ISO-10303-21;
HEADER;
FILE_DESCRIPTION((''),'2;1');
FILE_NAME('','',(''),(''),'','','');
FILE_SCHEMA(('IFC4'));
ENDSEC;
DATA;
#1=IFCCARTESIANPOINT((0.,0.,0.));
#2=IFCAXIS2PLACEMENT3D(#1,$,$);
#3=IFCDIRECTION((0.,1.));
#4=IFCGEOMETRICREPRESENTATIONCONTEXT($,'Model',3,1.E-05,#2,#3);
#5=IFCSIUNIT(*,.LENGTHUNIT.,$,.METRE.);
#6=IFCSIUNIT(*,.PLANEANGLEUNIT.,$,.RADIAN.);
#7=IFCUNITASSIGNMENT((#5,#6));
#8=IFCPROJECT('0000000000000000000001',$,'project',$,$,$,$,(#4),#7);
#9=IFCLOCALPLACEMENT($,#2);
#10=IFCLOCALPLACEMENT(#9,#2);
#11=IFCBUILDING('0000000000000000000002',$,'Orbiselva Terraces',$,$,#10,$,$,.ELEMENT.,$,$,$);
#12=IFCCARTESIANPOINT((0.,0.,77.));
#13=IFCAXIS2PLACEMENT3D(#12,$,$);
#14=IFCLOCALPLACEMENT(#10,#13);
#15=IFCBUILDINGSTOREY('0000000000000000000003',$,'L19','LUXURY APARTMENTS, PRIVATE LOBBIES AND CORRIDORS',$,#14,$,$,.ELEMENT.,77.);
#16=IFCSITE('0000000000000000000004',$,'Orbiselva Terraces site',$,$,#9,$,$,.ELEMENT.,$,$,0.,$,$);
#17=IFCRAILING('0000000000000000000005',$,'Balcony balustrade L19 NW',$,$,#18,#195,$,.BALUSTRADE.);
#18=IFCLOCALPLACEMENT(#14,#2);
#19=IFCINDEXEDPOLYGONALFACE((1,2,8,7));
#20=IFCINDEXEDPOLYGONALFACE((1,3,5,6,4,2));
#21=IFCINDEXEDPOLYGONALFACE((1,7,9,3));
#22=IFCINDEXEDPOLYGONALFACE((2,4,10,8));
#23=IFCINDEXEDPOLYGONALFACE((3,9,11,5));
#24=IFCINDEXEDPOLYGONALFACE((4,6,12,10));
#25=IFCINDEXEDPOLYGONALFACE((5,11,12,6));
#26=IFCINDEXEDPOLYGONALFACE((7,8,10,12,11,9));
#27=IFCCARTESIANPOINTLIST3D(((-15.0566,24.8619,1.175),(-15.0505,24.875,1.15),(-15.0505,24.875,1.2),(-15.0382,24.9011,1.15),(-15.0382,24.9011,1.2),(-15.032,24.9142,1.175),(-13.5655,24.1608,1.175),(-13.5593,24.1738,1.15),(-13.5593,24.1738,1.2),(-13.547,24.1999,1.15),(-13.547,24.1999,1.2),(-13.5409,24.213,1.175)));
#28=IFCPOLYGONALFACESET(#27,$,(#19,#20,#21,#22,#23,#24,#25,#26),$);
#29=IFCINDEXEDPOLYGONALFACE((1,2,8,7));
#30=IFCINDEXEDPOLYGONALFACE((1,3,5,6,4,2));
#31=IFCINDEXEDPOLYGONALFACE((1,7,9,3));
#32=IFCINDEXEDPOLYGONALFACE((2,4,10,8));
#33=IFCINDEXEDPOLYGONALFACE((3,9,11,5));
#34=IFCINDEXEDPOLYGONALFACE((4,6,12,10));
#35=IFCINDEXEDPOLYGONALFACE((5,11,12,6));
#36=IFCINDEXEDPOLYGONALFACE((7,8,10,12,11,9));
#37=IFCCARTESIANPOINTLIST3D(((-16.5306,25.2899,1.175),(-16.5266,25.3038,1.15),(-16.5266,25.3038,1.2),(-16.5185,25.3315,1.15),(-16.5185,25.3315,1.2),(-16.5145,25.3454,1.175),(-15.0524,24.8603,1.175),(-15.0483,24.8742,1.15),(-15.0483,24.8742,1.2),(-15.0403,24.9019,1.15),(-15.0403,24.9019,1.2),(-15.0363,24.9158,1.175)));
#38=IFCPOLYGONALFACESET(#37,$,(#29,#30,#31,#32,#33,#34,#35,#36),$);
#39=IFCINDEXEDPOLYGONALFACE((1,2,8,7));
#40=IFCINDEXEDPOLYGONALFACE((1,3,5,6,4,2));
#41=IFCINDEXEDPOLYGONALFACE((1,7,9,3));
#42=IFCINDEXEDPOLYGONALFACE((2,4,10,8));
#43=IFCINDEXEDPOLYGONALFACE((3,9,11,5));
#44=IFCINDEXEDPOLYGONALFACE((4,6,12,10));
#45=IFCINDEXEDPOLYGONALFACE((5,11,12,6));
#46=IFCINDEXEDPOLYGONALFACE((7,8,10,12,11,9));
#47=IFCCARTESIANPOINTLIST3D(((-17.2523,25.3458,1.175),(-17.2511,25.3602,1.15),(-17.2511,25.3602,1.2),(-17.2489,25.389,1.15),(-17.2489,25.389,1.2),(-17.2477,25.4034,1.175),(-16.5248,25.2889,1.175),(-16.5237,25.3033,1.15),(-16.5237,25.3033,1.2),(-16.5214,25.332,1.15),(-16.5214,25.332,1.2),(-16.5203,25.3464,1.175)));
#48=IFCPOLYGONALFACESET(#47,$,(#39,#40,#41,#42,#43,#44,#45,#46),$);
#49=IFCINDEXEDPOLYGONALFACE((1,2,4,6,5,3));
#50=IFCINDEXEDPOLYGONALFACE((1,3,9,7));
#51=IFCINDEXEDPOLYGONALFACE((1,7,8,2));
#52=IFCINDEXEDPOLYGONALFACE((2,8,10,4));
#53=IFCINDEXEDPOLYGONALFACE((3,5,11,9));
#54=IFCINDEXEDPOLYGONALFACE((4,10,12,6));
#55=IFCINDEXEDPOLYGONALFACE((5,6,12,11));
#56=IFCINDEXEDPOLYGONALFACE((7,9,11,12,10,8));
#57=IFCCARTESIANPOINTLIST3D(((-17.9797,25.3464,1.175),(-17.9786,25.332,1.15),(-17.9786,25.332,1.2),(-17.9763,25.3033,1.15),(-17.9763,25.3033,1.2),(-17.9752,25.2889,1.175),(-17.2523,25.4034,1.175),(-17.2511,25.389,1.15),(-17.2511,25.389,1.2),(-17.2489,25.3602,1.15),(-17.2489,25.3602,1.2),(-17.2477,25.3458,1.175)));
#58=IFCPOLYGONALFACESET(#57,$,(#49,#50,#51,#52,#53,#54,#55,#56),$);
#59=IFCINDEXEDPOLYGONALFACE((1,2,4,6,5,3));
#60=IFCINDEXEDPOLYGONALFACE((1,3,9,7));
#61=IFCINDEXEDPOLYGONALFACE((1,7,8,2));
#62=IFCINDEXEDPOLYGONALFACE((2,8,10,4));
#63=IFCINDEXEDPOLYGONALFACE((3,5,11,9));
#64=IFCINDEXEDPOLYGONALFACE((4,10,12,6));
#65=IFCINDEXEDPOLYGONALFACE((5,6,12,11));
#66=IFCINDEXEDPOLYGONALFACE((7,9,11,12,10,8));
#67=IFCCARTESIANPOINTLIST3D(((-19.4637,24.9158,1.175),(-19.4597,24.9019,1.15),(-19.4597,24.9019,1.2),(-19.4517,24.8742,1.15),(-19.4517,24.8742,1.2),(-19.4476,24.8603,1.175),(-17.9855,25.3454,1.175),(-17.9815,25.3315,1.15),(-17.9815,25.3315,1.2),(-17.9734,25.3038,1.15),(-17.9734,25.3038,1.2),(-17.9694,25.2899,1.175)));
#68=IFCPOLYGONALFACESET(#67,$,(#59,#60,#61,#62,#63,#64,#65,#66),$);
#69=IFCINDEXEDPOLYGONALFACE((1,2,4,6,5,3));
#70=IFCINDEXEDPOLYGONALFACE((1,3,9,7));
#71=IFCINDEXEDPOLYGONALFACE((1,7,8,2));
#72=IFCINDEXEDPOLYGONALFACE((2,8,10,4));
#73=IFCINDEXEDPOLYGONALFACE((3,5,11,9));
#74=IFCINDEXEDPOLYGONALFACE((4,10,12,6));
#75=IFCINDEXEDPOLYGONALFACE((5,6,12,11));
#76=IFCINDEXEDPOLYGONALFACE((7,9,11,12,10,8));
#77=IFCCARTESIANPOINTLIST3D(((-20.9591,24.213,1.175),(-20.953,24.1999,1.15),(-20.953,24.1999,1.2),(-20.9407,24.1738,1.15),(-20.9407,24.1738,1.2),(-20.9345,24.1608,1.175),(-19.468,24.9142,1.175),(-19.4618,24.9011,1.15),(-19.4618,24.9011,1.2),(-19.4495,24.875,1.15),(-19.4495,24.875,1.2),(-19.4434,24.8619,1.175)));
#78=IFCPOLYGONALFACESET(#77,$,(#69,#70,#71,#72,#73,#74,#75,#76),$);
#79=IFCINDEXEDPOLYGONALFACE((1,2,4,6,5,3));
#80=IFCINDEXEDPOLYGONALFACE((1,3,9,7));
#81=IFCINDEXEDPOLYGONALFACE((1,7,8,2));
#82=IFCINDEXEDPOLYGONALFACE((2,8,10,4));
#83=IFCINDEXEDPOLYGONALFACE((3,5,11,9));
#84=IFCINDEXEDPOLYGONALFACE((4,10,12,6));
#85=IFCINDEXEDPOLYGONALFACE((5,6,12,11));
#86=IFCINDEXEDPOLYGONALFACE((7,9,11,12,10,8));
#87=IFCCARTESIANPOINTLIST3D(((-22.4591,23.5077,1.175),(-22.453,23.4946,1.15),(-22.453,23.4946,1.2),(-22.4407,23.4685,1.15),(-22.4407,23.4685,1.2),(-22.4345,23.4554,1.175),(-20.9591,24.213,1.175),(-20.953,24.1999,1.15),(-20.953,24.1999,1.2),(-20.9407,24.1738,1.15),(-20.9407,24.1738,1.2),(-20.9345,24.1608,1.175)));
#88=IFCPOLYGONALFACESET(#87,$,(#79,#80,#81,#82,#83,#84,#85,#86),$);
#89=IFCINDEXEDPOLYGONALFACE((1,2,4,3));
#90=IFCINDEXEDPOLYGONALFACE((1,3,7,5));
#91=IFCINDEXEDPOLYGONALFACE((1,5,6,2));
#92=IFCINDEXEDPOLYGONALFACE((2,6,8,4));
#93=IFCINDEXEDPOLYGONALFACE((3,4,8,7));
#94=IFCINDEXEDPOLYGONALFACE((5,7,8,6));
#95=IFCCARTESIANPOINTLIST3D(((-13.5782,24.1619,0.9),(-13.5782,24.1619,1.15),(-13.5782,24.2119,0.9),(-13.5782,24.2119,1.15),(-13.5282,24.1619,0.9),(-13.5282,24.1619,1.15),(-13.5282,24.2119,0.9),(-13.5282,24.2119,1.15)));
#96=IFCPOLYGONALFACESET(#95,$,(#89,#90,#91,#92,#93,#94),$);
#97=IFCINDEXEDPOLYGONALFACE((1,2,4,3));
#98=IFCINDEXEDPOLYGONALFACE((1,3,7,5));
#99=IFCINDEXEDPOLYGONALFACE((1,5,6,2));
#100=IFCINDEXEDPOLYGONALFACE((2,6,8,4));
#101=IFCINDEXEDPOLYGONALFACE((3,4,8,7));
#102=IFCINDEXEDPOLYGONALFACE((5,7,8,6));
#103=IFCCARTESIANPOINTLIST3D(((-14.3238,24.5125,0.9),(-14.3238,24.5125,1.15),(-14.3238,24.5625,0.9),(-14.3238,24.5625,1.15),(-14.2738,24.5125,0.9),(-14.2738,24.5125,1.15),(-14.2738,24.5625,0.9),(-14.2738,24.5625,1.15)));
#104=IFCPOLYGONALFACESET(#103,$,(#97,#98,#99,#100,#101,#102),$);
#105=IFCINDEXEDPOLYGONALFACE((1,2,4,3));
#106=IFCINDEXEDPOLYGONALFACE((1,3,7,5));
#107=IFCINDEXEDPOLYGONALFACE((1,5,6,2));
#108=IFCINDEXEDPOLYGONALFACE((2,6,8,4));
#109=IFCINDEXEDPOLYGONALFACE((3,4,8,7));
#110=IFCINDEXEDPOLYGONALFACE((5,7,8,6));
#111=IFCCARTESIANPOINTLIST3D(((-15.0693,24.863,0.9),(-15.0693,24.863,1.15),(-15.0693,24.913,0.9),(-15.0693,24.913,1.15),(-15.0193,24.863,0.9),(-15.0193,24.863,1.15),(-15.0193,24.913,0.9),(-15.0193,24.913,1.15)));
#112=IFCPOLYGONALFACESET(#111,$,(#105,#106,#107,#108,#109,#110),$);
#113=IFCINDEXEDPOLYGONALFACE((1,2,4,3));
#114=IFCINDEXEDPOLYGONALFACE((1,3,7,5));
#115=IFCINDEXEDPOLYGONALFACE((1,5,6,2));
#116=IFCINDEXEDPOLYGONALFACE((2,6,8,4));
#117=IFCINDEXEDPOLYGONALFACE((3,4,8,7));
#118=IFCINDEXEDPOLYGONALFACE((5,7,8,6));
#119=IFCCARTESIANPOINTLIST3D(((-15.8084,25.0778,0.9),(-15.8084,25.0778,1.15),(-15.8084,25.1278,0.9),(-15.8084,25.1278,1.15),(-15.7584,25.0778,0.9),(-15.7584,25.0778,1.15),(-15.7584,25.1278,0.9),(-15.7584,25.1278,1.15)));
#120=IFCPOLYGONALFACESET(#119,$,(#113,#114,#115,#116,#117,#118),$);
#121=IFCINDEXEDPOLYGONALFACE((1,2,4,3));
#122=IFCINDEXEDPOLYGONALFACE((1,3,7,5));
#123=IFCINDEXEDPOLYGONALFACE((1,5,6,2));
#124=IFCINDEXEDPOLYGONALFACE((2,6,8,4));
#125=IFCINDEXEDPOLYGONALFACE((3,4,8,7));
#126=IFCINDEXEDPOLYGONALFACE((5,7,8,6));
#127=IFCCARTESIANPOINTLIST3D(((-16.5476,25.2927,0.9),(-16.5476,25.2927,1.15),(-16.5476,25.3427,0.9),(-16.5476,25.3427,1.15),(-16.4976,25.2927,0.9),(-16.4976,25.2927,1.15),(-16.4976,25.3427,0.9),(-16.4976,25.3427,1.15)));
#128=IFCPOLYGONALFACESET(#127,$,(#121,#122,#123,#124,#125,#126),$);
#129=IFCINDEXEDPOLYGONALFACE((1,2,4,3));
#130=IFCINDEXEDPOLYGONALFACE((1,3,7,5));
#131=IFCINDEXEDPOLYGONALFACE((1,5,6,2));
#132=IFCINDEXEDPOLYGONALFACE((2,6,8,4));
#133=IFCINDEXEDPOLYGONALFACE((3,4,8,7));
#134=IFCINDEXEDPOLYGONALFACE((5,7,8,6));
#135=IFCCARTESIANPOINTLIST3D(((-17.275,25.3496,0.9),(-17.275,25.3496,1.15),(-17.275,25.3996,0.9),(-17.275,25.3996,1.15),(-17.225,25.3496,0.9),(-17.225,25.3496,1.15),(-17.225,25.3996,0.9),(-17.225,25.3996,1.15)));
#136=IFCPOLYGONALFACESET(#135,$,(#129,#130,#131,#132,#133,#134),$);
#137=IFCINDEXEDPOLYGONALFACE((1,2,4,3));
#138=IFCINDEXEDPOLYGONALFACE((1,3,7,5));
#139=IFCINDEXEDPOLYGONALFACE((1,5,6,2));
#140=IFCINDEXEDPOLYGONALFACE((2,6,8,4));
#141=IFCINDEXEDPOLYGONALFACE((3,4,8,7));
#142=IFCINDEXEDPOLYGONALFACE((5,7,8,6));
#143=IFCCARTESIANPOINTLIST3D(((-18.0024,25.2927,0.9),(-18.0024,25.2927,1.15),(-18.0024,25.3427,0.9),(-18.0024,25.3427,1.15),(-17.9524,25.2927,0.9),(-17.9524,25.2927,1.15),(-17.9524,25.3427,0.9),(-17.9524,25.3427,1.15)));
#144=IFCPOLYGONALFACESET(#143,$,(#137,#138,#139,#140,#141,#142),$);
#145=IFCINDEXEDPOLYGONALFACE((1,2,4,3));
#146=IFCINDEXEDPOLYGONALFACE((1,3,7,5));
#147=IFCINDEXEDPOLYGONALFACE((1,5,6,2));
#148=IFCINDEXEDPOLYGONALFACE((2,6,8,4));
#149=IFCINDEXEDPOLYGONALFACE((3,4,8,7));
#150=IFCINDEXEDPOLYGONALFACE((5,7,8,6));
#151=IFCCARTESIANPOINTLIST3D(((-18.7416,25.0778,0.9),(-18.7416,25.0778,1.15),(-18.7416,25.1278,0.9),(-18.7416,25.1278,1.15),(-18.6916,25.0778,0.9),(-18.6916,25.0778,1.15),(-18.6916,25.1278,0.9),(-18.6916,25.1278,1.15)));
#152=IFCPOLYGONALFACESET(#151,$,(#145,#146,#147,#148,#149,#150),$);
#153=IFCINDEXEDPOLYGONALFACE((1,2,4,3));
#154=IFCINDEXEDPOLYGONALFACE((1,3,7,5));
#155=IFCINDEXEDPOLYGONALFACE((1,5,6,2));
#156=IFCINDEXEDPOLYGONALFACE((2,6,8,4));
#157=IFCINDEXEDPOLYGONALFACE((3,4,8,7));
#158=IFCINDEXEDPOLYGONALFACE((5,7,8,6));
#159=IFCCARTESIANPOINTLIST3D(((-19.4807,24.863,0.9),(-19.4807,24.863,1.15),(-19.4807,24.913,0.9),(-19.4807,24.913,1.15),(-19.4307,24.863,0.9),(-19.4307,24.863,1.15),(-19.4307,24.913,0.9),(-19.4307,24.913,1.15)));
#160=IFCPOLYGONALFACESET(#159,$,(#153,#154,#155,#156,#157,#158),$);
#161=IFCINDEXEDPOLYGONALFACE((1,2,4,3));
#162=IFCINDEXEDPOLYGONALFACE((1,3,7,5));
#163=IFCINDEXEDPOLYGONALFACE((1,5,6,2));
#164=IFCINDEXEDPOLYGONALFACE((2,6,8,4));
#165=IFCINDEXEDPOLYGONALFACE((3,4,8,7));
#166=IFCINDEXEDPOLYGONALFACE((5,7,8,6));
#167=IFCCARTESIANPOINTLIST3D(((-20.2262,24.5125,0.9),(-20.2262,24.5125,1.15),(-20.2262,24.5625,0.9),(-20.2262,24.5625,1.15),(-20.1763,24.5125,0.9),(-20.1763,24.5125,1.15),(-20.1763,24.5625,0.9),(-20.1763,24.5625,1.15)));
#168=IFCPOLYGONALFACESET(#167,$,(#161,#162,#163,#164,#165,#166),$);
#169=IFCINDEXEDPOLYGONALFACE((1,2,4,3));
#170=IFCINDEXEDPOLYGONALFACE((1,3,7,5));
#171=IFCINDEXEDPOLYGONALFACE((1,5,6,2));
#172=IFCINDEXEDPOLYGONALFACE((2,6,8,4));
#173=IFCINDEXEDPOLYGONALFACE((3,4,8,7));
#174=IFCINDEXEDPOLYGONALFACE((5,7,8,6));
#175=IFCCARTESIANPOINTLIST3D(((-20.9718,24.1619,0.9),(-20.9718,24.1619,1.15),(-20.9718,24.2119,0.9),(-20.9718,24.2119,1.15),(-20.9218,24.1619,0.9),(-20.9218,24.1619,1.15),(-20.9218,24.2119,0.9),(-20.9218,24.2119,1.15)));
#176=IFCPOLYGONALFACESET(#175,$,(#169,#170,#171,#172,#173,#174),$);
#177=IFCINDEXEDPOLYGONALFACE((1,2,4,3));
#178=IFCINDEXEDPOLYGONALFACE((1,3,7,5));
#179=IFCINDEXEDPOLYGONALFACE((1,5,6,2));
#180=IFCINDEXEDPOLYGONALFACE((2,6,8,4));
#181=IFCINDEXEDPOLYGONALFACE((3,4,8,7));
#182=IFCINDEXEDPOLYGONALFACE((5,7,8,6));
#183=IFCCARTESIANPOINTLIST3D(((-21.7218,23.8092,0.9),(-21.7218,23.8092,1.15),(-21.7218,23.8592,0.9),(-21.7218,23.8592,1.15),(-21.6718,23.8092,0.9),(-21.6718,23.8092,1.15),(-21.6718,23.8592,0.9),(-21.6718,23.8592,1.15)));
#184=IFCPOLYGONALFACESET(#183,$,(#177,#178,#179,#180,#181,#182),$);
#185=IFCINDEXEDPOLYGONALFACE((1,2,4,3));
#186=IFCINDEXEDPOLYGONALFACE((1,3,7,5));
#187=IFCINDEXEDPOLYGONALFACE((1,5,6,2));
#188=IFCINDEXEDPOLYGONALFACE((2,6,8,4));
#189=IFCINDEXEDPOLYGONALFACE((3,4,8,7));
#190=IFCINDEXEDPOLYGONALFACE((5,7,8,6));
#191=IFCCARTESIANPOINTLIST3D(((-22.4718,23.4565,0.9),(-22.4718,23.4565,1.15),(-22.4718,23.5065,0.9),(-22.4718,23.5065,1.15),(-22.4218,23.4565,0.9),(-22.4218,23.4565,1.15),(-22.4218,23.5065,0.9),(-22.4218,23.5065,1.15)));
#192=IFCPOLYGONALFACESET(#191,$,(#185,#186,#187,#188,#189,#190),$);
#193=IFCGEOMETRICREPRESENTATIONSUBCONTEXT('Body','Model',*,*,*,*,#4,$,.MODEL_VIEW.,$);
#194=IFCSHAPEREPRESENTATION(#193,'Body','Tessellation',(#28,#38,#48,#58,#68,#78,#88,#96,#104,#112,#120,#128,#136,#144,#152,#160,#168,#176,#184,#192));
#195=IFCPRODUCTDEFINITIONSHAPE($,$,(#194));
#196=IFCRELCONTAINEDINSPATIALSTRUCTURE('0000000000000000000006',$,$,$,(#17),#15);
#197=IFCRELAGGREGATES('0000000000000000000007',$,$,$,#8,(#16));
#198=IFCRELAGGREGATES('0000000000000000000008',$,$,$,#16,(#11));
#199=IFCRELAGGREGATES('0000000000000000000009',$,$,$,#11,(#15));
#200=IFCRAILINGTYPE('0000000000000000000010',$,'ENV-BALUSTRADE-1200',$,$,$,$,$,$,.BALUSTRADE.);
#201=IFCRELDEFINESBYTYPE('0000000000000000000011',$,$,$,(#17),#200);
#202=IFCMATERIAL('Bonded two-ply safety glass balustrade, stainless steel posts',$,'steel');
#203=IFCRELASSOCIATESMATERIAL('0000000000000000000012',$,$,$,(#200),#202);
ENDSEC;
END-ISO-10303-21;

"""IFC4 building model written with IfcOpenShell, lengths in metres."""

from ifc_helpers import new_model, si_unit, direction, frame, origin, origin_2d, place, context, subcontext, project, spatial, polyline, rectangle, outline, extrude, material, type_object, element, save


model = new_model("IFC4")

# Units and contexts
model_context = context("Model", 3, precision=1e-05, world=origin(), true_north=direction((0.0, 1.0)))
body_context = subcontext(model_context, "Body", "Model", "MODEL_VIEW")
ifc_project = project(units=[si_unit("LENGTHUNIT", "METRE"), si_unit("PLANEANGLEUNIT", "RADIAN")], contexts=[model_context])

# Site, building, storey
site_placement = place(None, origin())
site = spatial("IfcSite", under=ifc_project, at=site_placement, Name="Orbiselva Terraces site", CompositionType="ELEMENT", RefElevation=0.0)
building_placement = place(site_placement, origin())
building = spatial("IfcBuilding", under=site, at=building_placement, Name="Orbiselva Terraces", CompositionType="ELEMENT")
storey_placement = place(building_placement, frame((0.0, 0.0, 77.0)))
storey = spatial("IfcBuildingStorey", under=building, at=storey_placement, Name="L19", Description="LUXURY APARTMENTS, PRIVATE LOBBIES AND CORRIDORS", CompositionType="ELEMENT", Elevation=77.0)

# Railing
ifc_material_1 = material(Name="Bonded two-ply safety glass balustrade, stainless steel posts", Category="steel")
railing_type_1 = type_object("IfcRailingType", Name="ENV-BALUSTRADE-1200", PredefinedType="BALUSTRADE", material=ifc_material_1)
railing_1_placement = place(storey_placement, frame((-13.5532, 24.1869, 0.9)))
element("IfcRailing", 1, at=railing_1_placement, inside=storey, type_object=railing_type_1, Name="Balcony balustrade L19 NW", PredefinedType="BALUSTRADE", context=body_context, shape_type="SweptSolid", body=[
    extrude(outline(polyline([(0.0289, 0.0), (0.0144, 0.025), (-0.0144, 0.025), (-0.0289, 0.0), (-0.0144, -0.025), (0.0144, -0.025), (0.0289, 0.0)])), frame((0.0, 0.0, 0.275), z_axis=(-0.904944, 0.42553, 0.0), x_axis=(-0.42553, -0.904944, 0.0)), (0.0, 0.0, 1.0), 1.6477),
    extrude(outline(polyline([(0.0289, 0.0), (0.0144, 0.025), (-0.0144, 0.025), (-0.0289, 0.0), (-0.0144, -0.025), (0.0144, -0.025), (0.0289, 0.0)])), frame((-1.4911, 0.7012, 0.275), z_axis=(-0.96027, 0.279072, 0.0), x_axis=(-0.279072, -0.96027, 0.0)), (0.0, 0.0, 1.0), 1.5394),
    extrude(outline(polyline([(0.0289, 0.0), (0.0144, 0.025), (-0.0144, 0.025), (-0.0289, 0.0), (-0.0144, -0.025), (0.0144, -0.025), (0.0289, 0.0)])), frame((-2.9694, 1.1308, 0.275), z_axis=(-0.996948, 0.07807, 0.0), x_axis=(-0.07807, -0.996948, 0.0)), (0.0, 0.0, 1.0), 0.7297),
    extrude(outline(polyline([(0.0289, 0.0), (0.0144, 0.025), (-0.0144, 0.025), (-0.0289, 0.0), (-0.0144, -0.025), (0.0144, -0.025), (0.0289, 0.0)])), frame((-3.6968, 1.1877, 0.275), z_axis=(-0.996948, -0.07807, 0.0), x_axis=(0.07807, -0.996948, 0.0)), (0.0, 0.0, 1.0), 0.7297),
    extrude(outline(polyline([(0.0289, 0.0), (0.0144, 0.025), (-0.0144, 0.025), (-0.0289, 0.0), (-0.0144, -0.025), (0.0144, -0.025), (0.0289, 0.0)])), frame((-4.4243, 1.1308, 0.275), z_axis=(-0.96027, -0.279072, 0.0), x_axis=(0.279072, -0.96027, 0.0)), (0.0, 0.0, 1.0), 1.5394),
    extrude(outline(polyline([(0.0289, 0.0), (0.0144, 0.025), (-0.0144, 0.025), (-0.0289, 0.0), (-0.0144, -0.025), (0.0144, -0.025), (0.0289, 0.0)])), frame((-5.9025, 0.7012, 0.275), z_axis=(-0.904944, -0.42553, 0.0), x_axis=(0.42553, -0.904944, 0.0)), (0.0, 0.0, 1.0), 1.6477),
    extrude(outline(polyline([(0.0289, 0.0), (0.0144, 0.025), (-0.0144, 0.025), (-0.0289, 0.0), (-0.0144, -0.025), (0.0144, -0.025), (0.0289, 0.0)])), frame((-7.3936, 0.0, 0.275), z_axis=(-0.904944, -0.42553, 0.0), x_axis=(0.42553, -0.904944, 0.0)), (0.0, 0.0, 1.0), 1.6576),
    extrude(rectangle(XDim=0.05, YDim=0.05, at=origin_2d()), origin(), (0.0, 0.0, 1.0), 0.25),
    extrude(rectangle(XDim=0.05, YDim=0.05, at=origin_2d()), frame((-0.7456, 0.3506, 0.0)), (0.0, 0.0, 1.0), 0.25),
    extrude(rectangle(XDim=0.05, YDim=0.05, at=origin_2d()), frame((-1.4911, 0.7012, 0.0)), (0.0, 0.0, 1.0), 0.25),
    extrude(rectangle(XDim=0.05, YDim=0.05, at=origin_2d()), frame((-2.2302, 0.916, 0.0)), (0.0, 0.0, 1.0), 0.25),
    extrude(rectangle(XDim=0.05, YDim=0.05, at=origin_2d()), frame((-2.9694, 1.1308, 0.0)), (0.0, 0.0, 1.0), 0.25),
    extrude(rectangle(XDim=0.05, YDim=0.05, at=origin_2d()), frame((-3.6968, 1.1877, 0.0)), (0.0, 0.0, 1.0), 0.25),
    extrude(rectangle(XDim=0.05, YDim=0.05, at=origin_2d()), frame((-4.4243, 1.1308, 0.0)), (0.0, 0.0, 1.0), 0.25),
    extrude(rectangle(XDim=0.05, YDim=0.05, at=origin_2d()), frame((-5.1634, 0.916, 0.0)), (0.0, 0.0, 1.0), 0.25),
    extrude(rectangle(XDim=0.05, YDim=0.05, at=origin_2d()), frame((-5.9025, 0.7012, 0.0)), (0.0, 0.0, 1.0), 0.25),
    extrude(rectangle(XDim=0.05, YDim=0.05, at=origin_2d()), frame((-6.6481, 0.3506, 0.0)), (0.0, 0.0, 1.0), 0.25),
    extrude(rectangle(XDim=0.05, YDim=0.05, at=origin_2d()), frame((-7.3936, 0.0, 0.0)), (0.0, 0.0, 1.0), 0.25),
    extrude(rectangle(XDim=0.05, YDim=0.05, at=origin_2d()), frame((-8.1436, -0.3527, 0.0)), (0.0, 0.0, 1.0), 0.25),
    extrude(rectangle(XDim=0.05, YDim=0.05, at=origin_2d()), frame((-8.8936, -0.7053, 0.0)), (0.0, 0.0, 1.0), 0.25),
])

save(model, "model.ifc")
